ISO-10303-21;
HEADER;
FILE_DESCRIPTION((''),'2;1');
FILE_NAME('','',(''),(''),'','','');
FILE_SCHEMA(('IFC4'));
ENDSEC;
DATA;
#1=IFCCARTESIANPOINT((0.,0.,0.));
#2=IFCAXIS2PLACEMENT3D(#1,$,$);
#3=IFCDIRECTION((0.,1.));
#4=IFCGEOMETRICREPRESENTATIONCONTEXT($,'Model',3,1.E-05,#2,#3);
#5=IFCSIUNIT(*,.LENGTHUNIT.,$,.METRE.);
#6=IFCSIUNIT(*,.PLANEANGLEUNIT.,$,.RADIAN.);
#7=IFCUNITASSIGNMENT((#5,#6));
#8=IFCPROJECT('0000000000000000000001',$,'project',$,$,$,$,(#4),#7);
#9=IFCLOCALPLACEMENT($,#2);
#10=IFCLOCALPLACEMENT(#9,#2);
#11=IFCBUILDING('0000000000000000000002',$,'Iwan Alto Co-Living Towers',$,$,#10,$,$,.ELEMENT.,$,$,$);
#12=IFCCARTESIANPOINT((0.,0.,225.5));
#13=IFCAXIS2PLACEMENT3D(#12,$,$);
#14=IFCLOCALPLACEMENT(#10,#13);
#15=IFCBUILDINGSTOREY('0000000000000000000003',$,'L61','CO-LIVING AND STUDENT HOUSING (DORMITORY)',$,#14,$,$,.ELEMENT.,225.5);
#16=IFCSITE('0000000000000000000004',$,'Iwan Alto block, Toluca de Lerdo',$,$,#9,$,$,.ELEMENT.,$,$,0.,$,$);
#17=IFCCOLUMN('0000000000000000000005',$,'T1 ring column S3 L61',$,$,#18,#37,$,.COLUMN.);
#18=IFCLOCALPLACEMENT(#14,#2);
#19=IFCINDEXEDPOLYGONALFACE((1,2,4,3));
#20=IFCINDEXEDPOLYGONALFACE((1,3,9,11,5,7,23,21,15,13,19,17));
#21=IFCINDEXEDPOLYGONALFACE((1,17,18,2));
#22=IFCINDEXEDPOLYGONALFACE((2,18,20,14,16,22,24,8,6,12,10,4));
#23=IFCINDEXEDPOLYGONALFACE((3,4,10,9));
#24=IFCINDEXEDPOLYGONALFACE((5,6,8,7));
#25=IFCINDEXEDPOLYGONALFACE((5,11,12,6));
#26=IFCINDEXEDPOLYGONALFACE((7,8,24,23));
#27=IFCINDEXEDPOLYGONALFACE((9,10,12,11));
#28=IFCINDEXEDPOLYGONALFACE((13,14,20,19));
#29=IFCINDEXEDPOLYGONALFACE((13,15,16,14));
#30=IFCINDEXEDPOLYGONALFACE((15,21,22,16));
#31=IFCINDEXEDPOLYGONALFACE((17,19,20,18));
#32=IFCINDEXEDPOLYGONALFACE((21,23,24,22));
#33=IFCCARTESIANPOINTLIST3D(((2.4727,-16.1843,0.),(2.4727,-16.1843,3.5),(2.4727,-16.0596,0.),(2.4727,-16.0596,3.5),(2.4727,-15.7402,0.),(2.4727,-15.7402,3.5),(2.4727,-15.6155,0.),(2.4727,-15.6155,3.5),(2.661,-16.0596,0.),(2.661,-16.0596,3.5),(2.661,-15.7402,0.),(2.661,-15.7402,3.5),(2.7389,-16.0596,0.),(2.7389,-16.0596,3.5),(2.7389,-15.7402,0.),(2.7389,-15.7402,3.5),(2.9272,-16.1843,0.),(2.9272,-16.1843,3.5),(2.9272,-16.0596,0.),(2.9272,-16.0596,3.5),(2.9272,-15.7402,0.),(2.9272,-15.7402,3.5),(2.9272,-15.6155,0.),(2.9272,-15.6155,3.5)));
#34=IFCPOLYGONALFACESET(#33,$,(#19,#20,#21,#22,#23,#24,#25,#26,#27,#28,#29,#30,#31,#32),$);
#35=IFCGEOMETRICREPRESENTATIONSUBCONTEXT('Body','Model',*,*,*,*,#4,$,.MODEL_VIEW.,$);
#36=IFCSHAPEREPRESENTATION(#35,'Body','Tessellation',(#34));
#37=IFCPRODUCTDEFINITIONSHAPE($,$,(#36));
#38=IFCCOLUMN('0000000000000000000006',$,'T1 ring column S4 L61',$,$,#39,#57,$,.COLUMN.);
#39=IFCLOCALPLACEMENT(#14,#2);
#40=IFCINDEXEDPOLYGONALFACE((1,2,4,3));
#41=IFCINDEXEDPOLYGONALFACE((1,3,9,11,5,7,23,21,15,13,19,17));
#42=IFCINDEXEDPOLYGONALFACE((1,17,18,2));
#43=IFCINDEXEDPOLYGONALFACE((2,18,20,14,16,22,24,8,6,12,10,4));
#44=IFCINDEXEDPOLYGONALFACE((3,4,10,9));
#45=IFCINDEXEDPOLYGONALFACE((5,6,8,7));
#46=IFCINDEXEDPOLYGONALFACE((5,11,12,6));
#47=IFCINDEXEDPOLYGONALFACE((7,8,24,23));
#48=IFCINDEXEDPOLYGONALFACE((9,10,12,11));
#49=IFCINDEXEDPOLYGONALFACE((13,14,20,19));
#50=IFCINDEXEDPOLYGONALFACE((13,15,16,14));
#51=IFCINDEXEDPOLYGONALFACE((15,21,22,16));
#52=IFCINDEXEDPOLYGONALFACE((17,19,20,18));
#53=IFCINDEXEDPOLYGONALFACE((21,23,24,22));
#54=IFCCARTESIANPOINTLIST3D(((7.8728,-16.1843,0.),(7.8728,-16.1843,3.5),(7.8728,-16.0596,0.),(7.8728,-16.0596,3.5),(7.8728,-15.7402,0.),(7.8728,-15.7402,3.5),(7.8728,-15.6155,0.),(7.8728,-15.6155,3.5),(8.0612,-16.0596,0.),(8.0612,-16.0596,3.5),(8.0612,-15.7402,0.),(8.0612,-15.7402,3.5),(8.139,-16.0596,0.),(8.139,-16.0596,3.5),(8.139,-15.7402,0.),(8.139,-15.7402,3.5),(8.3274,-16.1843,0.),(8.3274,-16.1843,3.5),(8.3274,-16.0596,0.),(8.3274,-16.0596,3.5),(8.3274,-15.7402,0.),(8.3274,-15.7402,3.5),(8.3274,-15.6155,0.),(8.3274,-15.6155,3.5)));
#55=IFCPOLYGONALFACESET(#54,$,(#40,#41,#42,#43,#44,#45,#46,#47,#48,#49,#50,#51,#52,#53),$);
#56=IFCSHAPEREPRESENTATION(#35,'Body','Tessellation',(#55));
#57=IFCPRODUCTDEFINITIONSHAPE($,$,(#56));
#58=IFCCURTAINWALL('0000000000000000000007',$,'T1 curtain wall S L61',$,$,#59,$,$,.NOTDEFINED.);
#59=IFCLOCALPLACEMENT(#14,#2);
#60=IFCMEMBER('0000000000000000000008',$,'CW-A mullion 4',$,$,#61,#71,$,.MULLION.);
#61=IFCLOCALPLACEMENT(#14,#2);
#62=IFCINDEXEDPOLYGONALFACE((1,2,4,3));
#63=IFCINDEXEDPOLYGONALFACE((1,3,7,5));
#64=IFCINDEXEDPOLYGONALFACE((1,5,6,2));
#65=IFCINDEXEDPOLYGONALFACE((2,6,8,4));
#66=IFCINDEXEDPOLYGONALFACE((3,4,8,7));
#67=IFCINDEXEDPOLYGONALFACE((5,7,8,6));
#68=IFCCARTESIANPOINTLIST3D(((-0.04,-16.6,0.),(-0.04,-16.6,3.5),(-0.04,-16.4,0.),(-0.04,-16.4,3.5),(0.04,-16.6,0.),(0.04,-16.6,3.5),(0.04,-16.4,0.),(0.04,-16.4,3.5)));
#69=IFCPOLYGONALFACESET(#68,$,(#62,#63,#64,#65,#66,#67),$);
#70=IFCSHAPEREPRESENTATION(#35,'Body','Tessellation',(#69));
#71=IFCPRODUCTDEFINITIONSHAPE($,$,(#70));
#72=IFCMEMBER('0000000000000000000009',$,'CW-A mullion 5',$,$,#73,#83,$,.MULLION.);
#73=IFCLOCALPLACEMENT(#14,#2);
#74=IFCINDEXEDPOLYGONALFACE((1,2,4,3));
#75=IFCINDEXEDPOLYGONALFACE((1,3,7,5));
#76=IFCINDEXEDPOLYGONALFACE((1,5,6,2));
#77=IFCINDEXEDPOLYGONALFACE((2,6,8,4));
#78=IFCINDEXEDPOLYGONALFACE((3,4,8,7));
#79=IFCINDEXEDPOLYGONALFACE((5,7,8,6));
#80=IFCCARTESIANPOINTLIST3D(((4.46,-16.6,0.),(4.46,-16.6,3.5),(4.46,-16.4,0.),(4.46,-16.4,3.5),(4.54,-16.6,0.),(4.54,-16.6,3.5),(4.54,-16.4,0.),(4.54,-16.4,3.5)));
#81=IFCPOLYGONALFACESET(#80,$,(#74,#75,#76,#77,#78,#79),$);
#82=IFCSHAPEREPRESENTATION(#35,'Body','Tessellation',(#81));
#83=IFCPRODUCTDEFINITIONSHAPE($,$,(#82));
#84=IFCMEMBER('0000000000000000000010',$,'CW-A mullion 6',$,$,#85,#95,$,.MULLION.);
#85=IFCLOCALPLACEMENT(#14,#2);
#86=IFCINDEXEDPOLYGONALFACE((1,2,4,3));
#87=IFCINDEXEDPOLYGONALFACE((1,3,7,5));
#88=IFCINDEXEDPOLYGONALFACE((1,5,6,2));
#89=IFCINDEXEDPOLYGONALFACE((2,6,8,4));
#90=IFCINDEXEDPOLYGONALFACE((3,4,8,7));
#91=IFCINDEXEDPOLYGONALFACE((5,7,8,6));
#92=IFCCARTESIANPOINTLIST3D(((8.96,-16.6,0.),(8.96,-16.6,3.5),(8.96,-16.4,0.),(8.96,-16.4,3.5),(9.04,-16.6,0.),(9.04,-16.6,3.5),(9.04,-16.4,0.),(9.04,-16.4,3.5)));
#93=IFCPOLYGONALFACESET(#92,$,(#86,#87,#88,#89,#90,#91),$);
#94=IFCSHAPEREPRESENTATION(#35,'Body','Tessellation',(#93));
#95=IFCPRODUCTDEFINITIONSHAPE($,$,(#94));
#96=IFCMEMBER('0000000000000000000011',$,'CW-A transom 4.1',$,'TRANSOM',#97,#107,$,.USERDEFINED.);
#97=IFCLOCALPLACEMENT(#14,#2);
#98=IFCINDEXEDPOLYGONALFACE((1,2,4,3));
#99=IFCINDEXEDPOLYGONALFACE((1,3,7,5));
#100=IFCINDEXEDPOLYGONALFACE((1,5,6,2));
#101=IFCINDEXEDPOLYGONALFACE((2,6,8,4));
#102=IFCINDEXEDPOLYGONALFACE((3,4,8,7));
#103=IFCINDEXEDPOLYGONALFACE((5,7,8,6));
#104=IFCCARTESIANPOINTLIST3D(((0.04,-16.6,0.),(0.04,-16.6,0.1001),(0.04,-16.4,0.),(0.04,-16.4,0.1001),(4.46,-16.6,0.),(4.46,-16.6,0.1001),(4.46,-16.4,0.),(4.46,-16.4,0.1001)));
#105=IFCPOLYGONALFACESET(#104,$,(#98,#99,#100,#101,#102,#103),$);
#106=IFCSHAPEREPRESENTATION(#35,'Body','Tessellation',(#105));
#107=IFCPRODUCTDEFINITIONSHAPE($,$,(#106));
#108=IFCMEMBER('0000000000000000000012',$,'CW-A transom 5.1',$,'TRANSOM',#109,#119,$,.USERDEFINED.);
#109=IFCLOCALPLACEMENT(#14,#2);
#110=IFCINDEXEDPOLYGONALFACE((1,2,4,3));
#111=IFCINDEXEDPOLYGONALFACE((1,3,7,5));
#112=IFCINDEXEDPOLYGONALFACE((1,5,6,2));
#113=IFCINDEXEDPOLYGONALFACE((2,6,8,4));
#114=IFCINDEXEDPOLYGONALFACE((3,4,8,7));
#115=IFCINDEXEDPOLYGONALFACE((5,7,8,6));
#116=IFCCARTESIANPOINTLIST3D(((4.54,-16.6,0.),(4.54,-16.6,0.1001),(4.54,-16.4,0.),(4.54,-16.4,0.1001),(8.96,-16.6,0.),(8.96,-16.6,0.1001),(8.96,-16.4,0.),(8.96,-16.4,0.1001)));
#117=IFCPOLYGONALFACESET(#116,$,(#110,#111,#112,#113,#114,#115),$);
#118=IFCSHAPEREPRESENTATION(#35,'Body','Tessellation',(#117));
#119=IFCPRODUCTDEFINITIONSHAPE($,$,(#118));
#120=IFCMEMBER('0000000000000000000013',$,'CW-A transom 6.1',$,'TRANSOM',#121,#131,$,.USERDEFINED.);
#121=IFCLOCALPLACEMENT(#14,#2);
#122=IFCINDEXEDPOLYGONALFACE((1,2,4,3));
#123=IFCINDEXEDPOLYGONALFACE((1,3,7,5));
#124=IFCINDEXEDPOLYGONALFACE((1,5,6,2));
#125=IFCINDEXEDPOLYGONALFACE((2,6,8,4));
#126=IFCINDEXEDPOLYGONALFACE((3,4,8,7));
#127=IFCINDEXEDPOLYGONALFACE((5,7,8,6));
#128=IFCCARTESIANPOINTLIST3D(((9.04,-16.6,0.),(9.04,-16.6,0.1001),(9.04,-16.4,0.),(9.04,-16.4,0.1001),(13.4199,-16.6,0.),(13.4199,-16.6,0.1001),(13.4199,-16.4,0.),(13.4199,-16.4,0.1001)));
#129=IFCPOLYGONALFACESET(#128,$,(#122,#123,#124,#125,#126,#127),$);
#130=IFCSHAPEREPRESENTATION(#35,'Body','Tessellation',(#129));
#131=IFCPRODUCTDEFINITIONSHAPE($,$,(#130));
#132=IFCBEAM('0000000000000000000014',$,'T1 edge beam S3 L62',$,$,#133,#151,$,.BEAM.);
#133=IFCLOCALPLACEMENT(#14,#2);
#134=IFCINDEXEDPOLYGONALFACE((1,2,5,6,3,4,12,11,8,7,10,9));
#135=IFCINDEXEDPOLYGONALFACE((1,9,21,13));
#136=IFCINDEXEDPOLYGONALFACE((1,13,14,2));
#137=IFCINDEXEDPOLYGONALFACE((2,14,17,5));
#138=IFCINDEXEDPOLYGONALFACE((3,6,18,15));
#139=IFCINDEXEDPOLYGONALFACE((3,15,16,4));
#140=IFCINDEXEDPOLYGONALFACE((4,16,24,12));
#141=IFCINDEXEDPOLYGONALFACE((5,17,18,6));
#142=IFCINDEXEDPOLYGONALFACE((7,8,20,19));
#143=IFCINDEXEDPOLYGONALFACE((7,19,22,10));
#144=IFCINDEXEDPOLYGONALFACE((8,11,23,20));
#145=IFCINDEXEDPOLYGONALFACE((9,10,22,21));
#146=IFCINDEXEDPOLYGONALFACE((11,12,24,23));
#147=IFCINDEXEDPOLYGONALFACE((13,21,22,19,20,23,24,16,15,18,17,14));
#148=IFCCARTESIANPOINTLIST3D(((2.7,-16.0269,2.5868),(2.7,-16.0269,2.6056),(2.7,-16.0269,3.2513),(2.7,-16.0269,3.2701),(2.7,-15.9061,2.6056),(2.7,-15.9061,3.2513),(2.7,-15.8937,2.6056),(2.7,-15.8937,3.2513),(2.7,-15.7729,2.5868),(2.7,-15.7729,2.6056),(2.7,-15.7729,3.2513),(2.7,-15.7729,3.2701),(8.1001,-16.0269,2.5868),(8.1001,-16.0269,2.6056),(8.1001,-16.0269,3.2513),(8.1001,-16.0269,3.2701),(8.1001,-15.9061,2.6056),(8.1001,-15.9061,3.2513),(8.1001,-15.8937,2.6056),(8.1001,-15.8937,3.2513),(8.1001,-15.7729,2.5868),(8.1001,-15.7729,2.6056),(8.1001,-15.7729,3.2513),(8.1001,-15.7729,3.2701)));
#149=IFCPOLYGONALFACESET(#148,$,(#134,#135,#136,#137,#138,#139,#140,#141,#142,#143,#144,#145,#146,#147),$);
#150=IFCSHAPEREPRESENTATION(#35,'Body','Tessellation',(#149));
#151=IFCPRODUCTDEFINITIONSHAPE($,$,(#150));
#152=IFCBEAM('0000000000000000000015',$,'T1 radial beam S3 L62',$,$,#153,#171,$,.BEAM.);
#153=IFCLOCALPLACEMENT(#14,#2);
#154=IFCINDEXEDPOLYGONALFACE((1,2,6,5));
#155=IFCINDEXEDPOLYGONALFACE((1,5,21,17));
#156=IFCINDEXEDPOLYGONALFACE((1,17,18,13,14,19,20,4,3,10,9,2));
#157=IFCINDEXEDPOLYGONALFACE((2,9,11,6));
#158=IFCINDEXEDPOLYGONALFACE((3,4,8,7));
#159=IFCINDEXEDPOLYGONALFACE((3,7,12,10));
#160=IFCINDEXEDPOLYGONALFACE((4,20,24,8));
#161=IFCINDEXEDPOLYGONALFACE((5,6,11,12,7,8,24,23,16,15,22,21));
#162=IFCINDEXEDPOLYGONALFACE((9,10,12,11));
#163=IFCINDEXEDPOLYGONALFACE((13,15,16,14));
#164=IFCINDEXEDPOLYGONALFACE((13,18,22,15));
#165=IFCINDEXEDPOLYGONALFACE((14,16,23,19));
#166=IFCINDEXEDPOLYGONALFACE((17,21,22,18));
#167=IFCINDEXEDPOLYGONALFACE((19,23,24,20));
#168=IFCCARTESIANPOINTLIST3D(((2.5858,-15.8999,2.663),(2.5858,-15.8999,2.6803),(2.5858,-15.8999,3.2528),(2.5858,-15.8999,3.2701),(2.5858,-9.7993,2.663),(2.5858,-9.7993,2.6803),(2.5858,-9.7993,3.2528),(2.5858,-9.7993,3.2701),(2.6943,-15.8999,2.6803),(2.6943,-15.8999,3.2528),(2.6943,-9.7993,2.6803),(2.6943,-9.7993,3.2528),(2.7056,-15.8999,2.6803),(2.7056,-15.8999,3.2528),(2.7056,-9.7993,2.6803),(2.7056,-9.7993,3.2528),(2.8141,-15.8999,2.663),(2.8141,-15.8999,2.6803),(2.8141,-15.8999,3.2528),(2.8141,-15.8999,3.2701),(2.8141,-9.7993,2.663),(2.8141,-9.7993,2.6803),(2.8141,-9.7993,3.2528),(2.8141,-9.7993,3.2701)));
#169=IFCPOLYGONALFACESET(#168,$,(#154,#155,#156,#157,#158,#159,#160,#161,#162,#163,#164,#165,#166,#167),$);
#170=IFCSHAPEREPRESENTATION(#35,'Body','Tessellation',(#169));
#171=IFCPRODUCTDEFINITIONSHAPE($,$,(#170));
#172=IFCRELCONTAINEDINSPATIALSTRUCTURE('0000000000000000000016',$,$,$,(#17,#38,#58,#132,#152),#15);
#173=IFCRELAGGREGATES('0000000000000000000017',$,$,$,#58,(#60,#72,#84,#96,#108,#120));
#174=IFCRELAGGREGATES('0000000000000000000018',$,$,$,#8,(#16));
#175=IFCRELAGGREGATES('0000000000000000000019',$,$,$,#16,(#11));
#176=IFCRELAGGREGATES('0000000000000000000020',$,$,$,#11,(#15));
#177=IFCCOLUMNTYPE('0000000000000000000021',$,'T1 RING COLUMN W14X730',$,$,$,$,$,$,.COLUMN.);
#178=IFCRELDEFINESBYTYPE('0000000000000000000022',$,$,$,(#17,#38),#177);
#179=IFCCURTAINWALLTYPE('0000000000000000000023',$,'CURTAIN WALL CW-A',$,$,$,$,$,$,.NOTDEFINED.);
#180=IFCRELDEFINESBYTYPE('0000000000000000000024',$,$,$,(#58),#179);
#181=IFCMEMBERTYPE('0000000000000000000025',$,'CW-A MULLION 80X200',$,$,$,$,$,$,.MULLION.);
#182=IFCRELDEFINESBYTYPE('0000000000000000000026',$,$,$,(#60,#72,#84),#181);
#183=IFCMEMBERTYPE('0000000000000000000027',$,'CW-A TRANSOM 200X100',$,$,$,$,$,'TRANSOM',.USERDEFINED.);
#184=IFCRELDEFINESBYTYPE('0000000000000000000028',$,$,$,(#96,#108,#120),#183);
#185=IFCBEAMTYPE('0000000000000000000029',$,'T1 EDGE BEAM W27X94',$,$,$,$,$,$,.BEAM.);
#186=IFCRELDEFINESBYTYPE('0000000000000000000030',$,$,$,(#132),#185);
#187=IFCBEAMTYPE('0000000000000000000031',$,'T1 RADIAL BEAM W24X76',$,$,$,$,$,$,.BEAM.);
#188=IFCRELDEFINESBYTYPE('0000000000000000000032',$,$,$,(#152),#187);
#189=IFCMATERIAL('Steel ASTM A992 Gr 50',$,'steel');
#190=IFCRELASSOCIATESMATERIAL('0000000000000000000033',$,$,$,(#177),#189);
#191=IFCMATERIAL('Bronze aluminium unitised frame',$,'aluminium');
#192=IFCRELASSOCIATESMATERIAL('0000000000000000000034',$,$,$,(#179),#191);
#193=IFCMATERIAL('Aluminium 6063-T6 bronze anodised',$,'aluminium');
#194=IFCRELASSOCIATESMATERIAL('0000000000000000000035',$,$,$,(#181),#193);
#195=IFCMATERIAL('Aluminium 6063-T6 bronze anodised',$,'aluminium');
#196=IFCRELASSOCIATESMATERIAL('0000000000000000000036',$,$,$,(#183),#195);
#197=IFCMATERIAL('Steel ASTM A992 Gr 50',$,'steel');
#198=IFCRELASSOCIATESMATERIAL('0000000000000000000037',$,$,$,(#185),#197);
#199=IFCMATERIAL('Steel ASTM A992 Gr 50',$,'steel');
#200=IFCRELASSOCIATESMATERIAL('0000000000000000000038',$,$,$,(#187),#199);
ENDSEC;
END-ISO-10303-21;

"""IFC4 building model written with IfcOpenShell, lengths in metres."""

from ifc_helpers import new_model, si_unit, direction, frame, origin, origin_2d, place, context, subcontext, project, spatial, rectangle, i_section, extrude, material, material_profile, profile_set, type_object, element, aggregate, save


model = new_model("IFC4")

# Units and contexts
model_context = context("Model", 3, precision=1e-05, world=origin(), true_north=direction((0.0, 1.0)))
body_context = subcontext(model_context, "Body", "Model", "MODEL_VIEW")
ifc_project = project(units=[si_unit("LENGTHUNIT", "METRE"), si_unit("PLANEANGLEUNIT", "RADIAN")], contexts=[model_context])

# Site, building, storey
site_placement = place(None, origin())
site = spatial("IfcSite", under=ifc_project, at=site_placement, Name="Iwan Alto block, Toluca de Lerdo", CompositionType="ELEMENT", RefElevation=0.0)
building_placement = place(site_placement, origin())
building = spatial("IfcBuilding", under=site, at=building_placement, Name="Iwan Alto Co-Living Towers", CompositionType="ELEMENT")
storey_placement = place(building_placement, frame((0.0, 0.0, 225.5)))
storey = spatial("IfcBuildingStorey", under=building, at=storey_placement, Name="L61", Description="CO-LIVING AND STUDENT HOUSING (DORMITORY)", CompositionType="ELEMENT", Elevation=225.5)

# Columns
ifc_material_1 = material(Name="Steel ASTM A992 Gr 50", Category="steel")
ifc_material_profile_1 = material_profile(ifc_material_1, i_section(OverallWidth=0.4546, OverallDepth=0.5688, WebThickness=0.0779, FlangeThickness=0.1248, at=origin_2d()), Name="W14X730")
ifc_profile_set_1 = profile_set([ifc_material_profile_1], Name="Steel ASTM A992 Gr 50")
column_type = type_object("IfcColumnType", Name="T1 RING COLUMN W14X730", PredefinedType="COLUMN", material=ifc_profile_set_1)
for number, where, z_axis, x_axis, name in (
    (1, (2.7, -15.8999, 0.0), (0.0, 0.0, 1.0), (1.0, 0.0, 0.0), "T1 ring column S3 L61"),
    (2, (8.1001, -15.8999, 0.0), (0.0, 0.0, 1.0), (1.0, 0.0, 0.0), "T1 ring column S4 L61"),
):
    element("IfcColumn", number, at=place(storey_placement, frame(where, z_axis=z_axis, x_axis=x_axis)), inside=storey, type_object=column_type, Name=name, PredefinedType="COLUMN", context=body_context, shape_type="SweptSolid", body=[
        extrude(i_section(OverallWidth=0.4546, OverallDepth=0.5688, WebThickness=0.0779, FlangeThickness=0.1248, at=origin_2d()), origin(), (0.0, 0.0, 1.0), 3.5),
    ])

# Curtain wall, members
ifc_material_2 = material(Name="Bronze aluminium unitised frame", Category="aluminium")
curtain_wall_type = type_object("IfcCurtainWallType", Name="CURTAIN WALL CW-A", PredefinedType="NOTDEFINED", material=ifc_material_2)
curtain_wall_placement = place(storey_placement, origin())
curtain_wall = element("IfcCurtainWall", 3, at=curtain_wall_placement, inside=storey, type_object=curtain_wall_type, Name="T1 curtain wall S L61", PredefinedType="NOTDEFINED")
ifc_material_3 = material(Name="Aluminium 6063-T6 bronze anodised", Category="aluminium")
ifc_material_profile_2 = material_profile(ifc_material_3, rectangle(XDim=0.2, YDim=0.0801, at=origin_2d()), Name="AL 80X200")
ifc_profile_set_2 = profile_set([ifc_material_profile_2], Name="Aluminium 6063-T6 bronze anodised")
member_type_1 = type_object("IfcMemberType", Name="CW-A MULLION 80X200", PredefinedType="MULLION", material=ifc_profile_set_2)
member_1_placement = place(storey_placement, frame((0.0, -16.5, 0.0), z_axis=(0.0, 0.0, 1.0), x_axis=(0.0, 1.0, 0.0)))
member_1 = element("IfcMember", 4, at=member_1_placement, type_object=member_type_1, Name="CW-A mullion 4", PredefinedType="MULLION", context=body_context, shape_type="SweptSolid", body=[
    extrude(rectangle(XDim=0.2, YDim=0.0801, at=origin_2d()), origin(), (0.0, 0.0, 1.0), 3.5),
])
member_2_placement = place(storey_placement, frame((4.5, -16.5, 0.0), z_axis=(0.0, 0.0, 1.0), x_axis=(0.0, 1.0, 0.0)))
member_2 = element("IfcMember", 5, at=member_2_placement, type_object=member_type_1, Name="CW-A mullion 5", PredefinedType="MULLION", context=body_context, shape_type="SweptSolid", body=[
    extrude(rectangle(XDim=0.2, YDim=0.0801, at=origin_2d()), origin(), (0.0, 0.0, 1.0), 3.5),
])
member_3_placement = place(storey_placement, frame((9.0, -16.5, 0.0), z_axis=(0.0, 0.0, 1.0), x_axis=(0.0, 1.0, 0.0)))
member_3 = element("IfcMember", 6, at=member_3_placement, type_object=member_type_1, Name="CW-A mullion 6", PredefinedType="MULLION", context=body_context, shape_type="SweptSolid", body=[
    extrude(rectangle(XDim=0.2, YDim=0.0801, at=origin_2d()), origin(), (0.0, 0.0, 1.0), 3.5),
])
ifc_material_4 = material(Name="Aluminium 6063-T6 bronze anodised", Category="aluminium")
ifc_material_profile_3 = material_profile(ifc_material_4, rectangle(XDim=0.2, YDim=0.1001, at=origin_2d()), Name="AL 200X100")
ifc_profile_set_3 = profile_set([ifc_material_profile_3], Name="Aluminium 6063-T6 bronze anodised")
member_type_2 = type_object("IfcMemberType", Name="CW-A TRANSOM 200X100", ElementType="TRANSOM", PredefinedType="USERDEFINED", material=ifc_profile_set_3)
member_4_placement = place(storey_placement, frame((0.04, -16.5, 0.05), z_axis=(1.0, 0.0, 0.0), x_axis=(0.0, 1.0, 0.0)))
member_4 = element("IfcMember", 7, at=member_4_placement, type_object=member_type_2, Name="CW-A transom 4.1", ObjectType="TRANSOM", PredefinedType="USERDEFINED", context=body_context, shape_type="SweptSolid", body=[
    extrude(rectangle(XDim=0.2, YDim=0.1001, at=origin_2d()), origin(), (0.0, 0.0, 1.0), 4.4199),
])
member_5_placement = place(storey_placement, frame((4.54, -16.5, 0.05), z_axis=(1.0, 0.0, 0.0), x_axis=(0.0, 1.0, 0.0)))
member_5 = element("IfcMember", 8, at=member_5_placement, type_object=member_type_2, Name="CW-A transom 5.1", ObjectType="TRANSOM", PredefinedType="USERDEFINED", context=body_context, shape_type="SweptSolid", body=[
    extrude(rectangle(XDim=0.2, YDim=0.1001, at=origin_2d()), origin(), (0.0, 0.0, 1.0), 4.4199),
])
member_6_placement = place(storey_placement, frame((9.04, -16.5, 0.05), z_axis=(1.0, 0.0, 0.0), x_axis=(0.0, 1.0, 0.0)))
member_6 = element("IfcMember", 9, at=member_6_placement, type_object=member_type_2, Name="CW-A transom 6.1", ObjectType="TRANSOM", PredefinedType="USERDEFINED", context=body_context, shape_type="SweptSolid", body=[
    extrude(rectangle(XDim=0.2, YDim=0.1001, at=origin_2d()), origin(), (0.0, 0.0, 1.0), 4.3799),
])

# Beams
ifc_material_5 = material(Name="Steel ASTM A992 Gr 50", Category="steel")
ifc_material_profile_4 = material_profile(ifc_material_5, i_section(OverallWidth=0.2539, OverallDepth=0.6833, WebThickness=0.0125, FlangeThickness=0.0188, at=origin_2d()), Name="W27X94")
ifc_profile_set_4 = profile_set([ifc_material_profile_4], Name="Steel ASTM A992 Gr 50")
beam_type_1 = type_object("IfcBeamType", Name="T1 EDGE BEAM W27X94", PredefinedType="BEAM", material=ifc_profile_set_4)
beam_1_placement = place(storey_placement, frame((2.7, -15.8999, 2.9285), z_axis=(1.0, 0.0, 0.0), x_axis=(0.0, 1.0, 0.0)))
element("IfcBeam", 10, at=beam_1_placement, inside=storey, type_object=beam_type_1, Name="T1 edge beam S3 L62", PredefinedType="BEAM", context=body_context, shape_type="SweptSolid", body=[
    extrude(i_section(OverallWidth=0.2539, OverallDepth=0.6833, WebThickness=0.0125, FlangeThickness=0.0188, at=origin_2d()), origin(), (0.0, 0.0, 1.0), 5.4001),
])
ifc_material_6 = material(Name="Steel ASTM A992 Gr 50", Category="steel")
ifc_material_profile_5 = material_profile(ifc_material_6, i_section(OverallWidth=0.2283, OverallDepth=0.6072, WebThickness=0.0112, FlangeThickness=0.0173, at=origin_2d()), Name="W24X76")
ifc_profile_set_5 = profile_set([ifc_material_profile_5], Name="Steel ASTM A992 Gr 50")
beam_type_2 = type_object("IfcBeamType", Name="T1 RADIAL BEAM W24X76", PredefinedType="BEAM", material=ifc_profile_set_5)
beam_2_placement = place(storey_placement, frame((2.7, -15.8999, 2.9666), z_axis=(0.0, 1.0, 0.0), x_axis=(-1.0, 0.0, 0.0)))
element("IfcBeam", 11, at=beam_2_placement, inside=storey, type_object=beam_type_2, Name="T1 radial beam S3 L62", PredefinedType="BEAM", context=body_context, shape_type="SweptSolid", body=[
    extrude(i_section(OverallWidth=0.2283, OverallDepth=0.6072, WebThickness=0.0112, FlangeThickness=0.0173, at=origin_2d()), origin(), (0.0, 0.0, 1.0), 6.1006),
])

aggregate(curtain_wall, [member_1, member_2, member_3, member_4, member_5, member_6])

save(model, "model.ifc")
